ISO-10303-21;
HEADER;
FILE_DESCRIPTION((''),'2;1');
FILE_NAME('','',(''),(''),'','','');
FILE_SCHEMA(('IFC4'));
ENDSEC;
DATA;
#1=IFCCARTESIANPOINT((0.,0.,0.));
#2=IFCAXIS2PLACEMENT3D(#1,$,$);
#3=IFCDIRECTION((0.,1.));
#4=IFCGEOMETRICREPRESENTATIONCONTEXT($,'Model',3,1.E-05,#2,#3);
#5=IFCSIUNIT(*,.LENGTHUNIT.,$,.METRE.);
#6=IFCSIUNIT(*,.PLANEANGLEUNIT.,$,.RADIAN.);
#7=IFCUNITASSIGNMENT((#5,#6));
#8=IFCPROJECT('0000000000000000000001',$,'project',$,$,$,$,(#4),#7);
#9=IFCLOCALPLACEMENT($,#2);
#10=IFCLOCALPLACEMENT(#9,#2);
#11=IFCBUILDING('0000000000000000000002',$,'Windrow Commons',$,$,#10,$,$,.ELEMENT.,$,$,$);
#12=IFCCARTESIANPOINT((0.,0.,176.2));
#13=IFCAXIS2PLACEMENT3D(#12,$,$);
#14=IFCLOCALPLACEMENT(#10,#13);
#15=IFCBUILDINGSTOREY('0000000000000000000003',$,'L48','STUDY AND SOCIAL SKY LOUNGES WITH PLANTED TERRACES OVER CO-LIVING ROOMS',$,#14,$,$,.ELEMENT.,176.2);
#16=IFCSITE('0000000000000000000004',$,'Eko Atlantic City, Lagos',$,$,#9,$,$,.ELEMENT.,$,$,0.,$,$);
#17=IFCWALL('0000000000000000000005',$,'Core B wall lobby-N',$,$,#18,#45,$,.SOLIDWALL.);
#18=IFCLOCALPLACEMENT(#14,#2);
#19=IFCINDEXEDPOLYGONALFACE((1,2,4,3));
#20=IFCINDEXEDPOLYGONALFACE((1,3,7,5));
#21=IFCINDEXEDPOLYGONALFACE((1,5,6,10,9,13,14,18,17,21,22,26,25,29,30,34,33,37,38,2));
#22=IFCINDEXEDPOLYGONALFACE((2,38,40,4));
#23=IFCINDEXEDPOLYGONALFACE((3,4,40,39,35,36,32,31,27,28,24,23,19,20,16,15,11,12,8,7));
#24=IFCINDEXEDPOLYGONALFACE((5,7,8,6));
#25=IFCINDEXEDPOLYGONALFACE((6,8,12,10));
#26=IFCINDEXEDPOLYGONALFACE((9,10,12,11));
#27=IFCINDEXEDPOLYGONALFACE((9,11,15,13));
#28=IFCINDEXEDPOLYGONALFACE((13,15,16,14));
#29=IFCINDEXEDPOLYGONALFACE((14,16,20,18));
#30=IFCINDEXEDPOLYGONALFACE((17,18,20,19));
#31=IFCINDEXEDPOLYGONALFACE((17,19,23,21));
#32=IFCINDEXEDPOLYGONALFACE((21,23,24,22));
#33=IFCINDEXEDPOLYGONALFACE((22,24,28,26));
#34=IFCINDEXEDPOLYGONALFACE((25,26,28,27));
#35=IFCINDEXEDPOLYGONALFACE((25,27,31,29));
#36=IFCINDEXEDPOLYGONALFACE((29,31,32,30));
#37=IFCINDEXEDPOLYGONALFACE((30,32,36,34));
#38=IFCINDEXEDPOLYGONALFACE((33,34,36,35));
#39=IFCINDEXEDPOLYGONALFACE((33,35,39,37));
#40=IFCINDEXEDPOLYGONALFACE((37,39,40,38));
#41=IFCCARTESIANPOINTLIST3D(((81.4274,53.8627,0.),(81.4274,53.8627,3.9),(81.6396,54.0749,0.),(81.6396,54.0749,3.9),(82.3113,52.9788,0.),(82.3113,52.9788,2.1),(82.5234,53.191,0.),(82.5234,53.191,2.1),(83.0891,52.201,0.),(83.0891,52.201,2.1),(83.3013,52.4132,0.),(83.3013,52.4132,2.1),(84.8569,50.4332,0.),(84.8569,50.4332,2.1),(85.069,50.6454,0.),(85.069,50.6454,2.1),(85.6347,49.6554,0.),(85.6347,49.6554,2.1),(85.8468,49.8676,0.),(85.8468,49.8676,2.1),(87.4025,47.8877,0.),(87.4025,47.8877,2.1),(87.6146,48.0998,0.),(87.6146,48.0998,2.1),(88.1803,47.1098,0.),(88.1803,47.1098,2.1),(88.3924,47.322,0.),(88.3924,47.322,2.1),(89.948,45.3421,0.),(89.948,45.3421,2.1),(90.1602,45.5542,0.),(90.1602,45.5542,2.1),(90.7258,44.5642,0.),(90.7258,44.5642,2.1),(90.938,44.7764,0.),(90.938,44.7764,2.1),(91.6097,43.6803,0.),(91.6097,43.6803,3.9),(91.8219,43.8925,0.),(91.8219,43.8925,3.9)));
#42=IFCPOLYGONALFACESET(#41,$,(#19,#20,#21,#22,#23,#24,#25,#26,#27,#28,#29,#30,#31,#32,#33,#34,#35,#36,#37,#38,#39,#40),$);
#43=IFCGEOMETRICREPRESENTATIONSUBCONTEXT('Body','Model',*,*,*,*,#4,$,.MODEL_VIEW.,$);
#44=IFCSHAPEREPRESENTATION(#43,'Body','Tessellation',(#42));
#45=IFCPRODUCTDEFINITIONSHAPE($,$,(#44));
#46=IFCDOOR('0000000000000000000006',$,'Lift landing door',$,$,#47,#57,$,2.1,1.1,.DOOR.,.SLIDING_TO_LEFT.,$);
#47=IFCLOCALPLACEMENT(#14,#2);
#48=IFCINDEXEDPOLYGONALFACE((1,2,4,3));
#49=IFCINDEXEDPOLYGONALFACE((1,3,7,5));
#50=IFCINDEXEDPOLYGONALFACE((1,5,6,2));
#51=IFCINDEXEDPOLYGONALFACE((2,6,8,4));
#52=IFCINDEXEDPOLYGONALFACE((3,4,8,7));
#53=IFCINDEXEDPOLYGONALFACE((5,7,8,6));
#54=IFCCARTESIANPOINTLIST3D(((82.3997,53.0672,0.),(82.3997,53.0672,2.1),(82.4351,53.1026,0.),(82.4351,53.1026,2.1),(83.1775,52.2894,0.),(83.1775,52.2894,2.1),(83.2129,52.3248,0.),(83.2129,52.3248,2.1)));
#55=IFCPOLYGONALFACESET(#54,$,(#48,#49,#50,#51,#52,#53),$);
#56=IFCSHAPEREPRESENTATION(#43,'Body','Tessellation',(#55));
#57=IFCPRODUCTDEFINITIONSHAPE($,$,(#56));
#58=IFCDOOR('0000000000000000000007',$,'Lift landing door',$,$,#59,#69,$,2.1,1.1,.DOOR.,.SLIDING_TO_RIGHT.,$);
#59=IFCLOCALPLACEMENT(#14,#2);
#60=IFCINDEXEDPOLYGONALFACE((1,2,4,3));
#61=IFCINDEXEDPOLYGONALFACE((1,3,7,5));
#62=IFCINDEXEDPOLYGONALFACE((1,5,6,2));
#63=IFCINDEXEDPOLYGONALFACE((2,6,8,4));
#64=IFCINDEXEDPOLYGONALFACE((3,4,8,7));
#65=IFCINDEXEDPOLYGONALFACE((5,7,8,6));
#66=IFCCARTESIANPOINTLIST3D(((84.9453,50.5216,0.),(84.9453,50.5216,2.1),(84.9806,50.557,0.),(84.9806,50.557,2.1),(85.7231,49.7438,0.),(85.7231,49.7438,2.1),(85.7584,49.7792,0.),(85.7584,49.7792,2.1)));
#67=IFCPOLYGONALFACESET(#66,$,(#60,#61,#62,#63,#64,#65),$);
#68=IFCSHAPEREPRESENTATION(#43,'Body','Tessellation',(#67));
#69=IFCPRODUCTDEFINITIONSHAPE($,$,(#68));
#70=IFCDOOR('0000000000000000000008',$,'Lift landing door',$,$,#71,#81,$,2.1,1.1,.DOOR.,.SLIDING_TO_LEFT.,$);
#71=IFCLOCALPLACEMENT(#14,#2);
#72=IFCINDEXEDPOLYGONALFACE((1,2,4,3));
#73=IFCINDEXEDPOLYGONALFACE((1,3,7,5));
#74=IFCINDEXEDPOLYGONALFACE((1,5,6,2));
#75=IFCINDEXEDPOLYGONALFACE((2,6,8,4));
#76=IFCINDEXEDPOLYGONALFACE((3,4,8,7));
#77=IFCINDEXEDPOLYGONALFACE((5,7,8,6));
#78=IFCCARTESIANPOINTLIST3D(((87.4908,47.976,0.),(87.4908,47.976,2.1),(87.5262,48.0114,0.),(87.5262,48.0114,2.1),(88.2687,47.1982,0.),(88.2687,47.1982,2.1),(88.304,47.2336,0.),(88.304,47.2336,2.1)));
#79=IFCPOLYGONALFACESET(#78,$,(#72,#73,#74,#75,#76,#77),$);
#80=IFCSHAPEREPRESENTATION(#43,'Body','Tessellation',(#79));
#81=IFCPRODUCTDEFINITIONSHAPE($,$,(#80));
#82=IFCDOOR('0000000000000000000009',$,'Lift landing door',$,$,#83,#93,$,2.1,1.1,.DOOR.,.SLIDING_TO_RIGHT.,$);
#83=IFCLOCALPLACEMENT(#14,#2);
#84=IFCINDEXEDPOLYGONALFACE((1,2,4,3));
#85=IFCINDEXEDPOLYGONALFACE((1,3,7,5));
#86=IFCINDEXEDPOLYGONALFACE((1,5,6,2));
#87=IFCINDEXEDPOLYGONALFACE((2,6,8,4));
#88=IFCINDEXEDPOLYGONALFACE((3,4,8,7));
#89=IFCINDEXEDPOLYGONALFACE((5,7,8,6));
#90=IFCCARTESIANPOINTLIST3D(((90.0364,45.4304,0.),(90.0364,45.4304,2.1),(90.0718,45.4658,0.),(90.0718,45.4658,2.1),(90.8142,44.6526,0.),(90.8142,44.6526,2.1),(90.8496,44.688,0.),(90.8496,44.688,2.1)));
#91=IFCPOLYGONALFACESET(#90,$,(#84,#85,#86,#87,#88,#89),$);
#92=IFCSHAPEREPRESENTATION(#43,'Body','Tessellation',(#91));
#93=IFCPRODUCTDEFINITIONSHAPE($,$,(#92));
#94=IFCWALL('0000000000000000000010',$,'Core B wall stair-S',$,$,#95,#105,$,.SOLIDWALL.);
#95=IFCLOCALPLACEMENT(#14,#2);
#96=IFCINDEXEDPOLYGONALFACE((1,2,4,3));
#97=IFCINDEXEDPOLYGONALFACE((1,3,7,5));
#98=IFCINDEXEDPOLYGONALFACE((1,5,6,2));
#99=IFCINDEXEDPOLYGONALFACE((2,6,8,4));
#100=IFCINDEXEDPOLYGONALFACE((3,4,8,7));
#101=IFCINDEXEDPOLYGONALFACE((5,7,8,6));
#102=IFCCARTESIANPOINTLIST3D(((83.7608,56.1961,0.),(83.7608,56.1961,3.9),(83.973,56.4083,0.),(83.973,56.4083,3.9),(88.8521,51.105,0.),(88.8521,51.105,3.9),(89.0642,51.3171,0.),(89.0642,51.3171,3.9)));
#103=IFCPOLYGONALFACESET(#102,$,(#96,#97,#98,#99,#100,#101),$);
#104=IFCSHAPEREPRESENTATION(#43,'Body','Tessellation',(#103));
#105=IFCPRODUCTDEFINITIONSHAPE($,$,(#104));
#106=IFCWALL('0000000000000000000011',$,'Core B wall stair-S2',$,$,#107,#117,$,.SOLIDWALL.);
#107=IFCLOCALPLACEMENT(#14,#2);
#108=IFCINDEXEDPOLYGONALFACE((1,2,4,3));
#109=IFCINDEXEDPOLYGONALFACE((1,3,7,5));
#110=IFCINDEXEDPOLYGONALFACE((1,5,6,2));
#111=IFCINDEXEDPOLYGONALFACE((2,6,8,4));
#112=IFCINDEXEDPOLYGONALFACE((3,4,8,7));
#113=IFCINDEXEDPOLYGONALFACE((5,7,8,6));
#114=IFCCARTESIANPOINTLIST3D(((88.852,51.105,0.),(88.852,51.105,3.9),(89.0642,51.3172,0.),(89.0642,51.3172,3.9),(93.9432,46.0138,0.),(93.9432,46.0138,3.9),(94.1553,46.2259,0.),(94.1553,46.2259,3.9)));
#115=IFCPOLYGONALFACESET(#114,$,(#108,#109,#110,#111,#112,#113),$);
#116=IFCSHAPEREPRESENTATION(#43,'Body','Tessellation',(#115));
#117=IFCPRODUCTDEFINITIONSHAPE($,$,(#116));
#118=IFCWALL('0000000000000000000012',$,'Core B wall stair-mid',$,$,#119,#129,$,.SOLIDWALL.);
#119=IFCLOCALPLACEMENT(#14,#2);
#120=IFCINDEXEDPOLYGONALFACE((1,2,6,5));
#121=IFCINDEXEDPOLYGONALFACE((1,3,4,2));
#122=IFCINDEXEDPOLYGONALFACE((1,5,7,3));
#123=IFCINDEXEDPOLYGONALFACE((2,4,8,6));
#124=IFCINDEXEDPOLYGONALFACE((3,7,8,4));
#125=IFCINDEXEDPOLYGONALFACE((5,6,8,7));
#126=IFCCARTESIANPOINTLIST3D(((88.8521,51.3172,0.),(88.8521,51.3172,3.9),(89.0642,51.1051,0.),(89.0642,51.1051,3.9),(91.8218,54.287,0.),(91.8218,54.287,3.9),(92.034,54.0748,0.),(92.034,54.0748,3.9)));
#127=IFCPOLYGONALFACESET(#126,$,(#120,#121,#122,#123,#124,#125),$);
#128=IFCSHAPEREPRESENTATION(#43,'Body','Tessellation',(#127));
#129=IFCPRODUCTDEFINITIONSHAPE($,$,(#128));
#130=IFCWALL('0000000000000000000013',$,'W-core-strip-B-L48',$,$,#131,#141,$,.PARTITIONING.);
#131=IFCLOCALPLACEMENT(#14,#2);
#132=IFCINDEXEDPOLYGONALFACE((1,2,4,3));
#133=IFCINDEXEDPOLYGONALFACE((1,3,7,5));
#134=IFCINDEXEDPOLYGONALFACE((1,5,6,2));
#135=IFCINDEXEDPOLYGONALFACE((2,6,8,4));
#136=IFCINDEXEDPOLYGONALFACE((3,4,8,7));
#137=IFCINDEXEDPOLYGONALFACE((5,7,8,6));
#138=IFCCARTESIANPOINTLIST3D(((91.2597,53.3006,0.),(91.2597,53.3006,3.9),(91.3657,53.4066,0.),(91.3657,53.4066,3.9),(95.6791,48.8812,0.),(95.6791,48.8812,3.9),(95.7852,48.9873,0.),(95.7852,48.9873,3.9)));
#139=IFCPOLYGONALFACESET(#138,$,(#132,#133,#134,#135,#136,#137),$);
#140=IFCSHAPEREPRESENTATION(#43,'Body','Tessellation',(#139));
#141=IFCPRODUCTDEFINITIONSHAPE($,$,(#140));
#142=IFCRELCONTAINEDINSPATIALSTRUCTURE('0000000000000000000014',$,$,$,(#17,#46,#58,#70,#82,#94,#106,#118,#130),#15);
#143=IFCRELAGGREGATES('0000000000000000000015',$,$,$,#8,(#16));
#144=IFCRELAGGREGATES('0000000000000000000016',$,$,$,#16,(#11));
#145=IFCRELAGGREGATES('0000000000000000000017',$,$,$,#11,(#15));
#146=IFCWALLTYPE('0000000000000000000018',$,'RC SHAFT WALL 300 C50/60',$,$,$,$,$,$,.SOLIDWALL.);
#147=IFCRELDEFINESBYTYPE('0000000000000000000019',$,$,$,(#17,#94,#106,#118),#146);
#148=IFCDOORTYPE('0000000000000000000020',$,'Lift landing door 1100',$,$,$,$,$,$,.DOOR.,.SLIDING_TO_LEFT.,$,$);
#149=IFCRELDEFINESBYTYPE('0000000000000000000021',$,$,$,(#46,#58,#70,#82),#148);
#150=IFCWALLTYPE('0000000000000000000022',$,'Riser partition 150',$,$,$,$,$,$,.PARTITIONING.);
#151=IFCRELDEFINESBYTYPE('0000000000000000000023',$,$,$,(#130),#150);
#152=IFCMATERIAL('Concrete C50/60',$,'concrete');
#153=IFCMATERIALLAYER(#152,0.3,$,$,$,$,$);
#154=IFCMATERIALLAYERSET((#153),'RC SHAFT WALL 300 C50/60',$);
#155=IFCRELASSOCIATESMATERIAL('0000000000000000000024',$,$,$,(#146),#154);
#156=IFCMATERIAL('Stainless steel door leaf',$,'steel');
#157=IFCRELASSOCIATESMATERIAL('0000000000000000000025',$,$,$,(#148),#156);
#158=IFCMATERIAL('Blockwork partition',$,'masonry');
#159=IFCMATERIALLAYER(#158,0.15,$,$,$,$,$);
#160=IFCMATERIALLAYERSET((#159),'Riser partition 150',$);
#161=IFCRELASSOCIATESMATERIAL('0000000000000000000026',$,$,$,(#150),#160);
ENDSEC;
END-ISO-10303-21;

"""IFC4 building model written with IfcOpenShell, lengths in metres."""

from ifc_helpers import new_model, si_unit, direction, frame, frame_2d, origin, place, context, subcontext, project, spatial, rectangle, extrude, material, layer, layer_set, type_object, element, fill, save


model = new_model("IFC4")

# Units and contexts
model_context = context("Model", 3, precision=1e-05, world=origin(), true_north=direction((0.0, 1.0)))
body_context = subcontext(model_context, "Body", "Model", "MODEL_VIEW")
ifc_project = project(units=[si_unit("LENGTHUNIT", "METRE"), si_unit("PLANEANGLEUNIT", "RADIAN")], contexts=[model_context])

# Site, building, storey
site_placement = place(None, origin())
site = spatial("IfcSite", under=ifc_project, at=site_placement, Name="Eko Atlantic City, Lagos", CompositionType="ELEMENT", RefElevation=0.0)
building_placement = place(site_placement, origin())
building = spatial("IfcBuilding", under=site, at=building_placement, Name="Windrow Commons", CompositionType="ELEMENT")
storey_placement = place(building_placement, frame((0.0, 0.0, 176.2)))
storey = spatial("IfcBuildingStorey", under=building, at=storey_placement, Name="L48", Description="STUDY AND SOCIAL SKY LOUNGES WITH PLANTED TERRACES OVER CO-LIVING ROOMS", CompositionType="ELEMENT", Elevation=176.2)

# Shared definitions
ifc_material_1 = material(Name="Concrete C50/60", Category="concrete")
ifc_layer_1 = layer(ifc_material_1, 0.3)
ifc_layer_set_1 = layer_set([ifc_layer_1], Name="RC SHAFT WALL 300 C50/60")
wall_type_1 = type_object("IfcWallType", Name="RC SHAFT WALL 300 C50/60", PredefinedType="SOLIDWALL", material=ifc_layer_set_1)

# Wall, openings, doors
wall_1_placement = place(storey_placement, frame((81.5335, 53.9688, 0.0), z_axis=(0.0, 0.0, 1.0), x_axis=(0.707103, -0.70711, 0.0)))
wall_1 = element("IfcWall", 1, at=wall_1_placement, inside=storey, type_object=wall_type_1, Name="Core B wall lobby-N", PredefinedType="SOLIDWALL", context=body_context, shape_type="SweptSolid", body=[
    extrude(rectangle(XDim=14.4, YDim=0.3, at=frame_2d((7.2, 0.0))), origin(), (0.0, 0.0, 1.0), 3.9),
])
opening_1_placement = place(wall_1_placement, frame((1.25, 0.0, 0.0)))
opening_1 = element("IfcOpeningElement", 2, at=opening_1_placement, cuts=wall_1, PredefinedType="OPENING", context=body_context, shape_type="SweptSolid", body=[
    extrude(rectangle(XDim=1.1, YDim=2.1, at=frame_2d((0.55, 1.05))), frame((0.0, 0.16, 0.0), z_axis=(0.0, -1.0, 0.0), x_axis=(1.0, 0.0, 0.0)), (0.0, 0.0, 1.0), 0.32),
])
opening_2_placement = place(wall_1_placement, frame((4.85, 0.0, 0.0)))
opening_2 = element("IfcOpeningElement", 3, at=opening_2_placement, cuts=wall_1, PredefinedType="OPENING", context=body_context, shape_type="SweptSolid", body=[
    extrude(rectangle(XDim=1.1, YDim=2.1, at=frame_2d((0.55, 1.05))), frame((0.0, 0.16, 0.0), z_axis=(0.0, -1.0, 0.0), x_axis=(1.0, 0.0, 0.0)), (0.0, 0.0, 1.0), 0.32),
])
opening_3_placement = place(wall_1_placement, frame((8.45, 0.0, 0.0)))
opening_3 = element("IfcOpeningElement", 4, at=opening_3_placement, cuts=wall_1, PredefinedType="OPENING", context=body_context, shape_type="SweptSolid", body=[
    extrude(rectangle(XDim=1.1, YDim=2.1, at=frame_2d((0.55, 1.05))), frame((0.0, 0.16, 0.0), z_axis=(0.0, -1.0, 0.0), x_axis=(1.0, 0.0, 0.0)), (0.0, 0.0, 1.0), 0.32),
])
opening_4_placement = place(wall_1_placement, frame((12.05, 0.0, 0.0)))
opening_4 = element("IfcOpeningElement", 5, at=opening_4_placement, cuts=wall_1, PredefinedType="OPENING", context=body_context, shape_type="SweptSolid", body=[
    extrude(rectangle(XDim=1.1, YDim=2.1, at=frame_2d((0.55, 1.05))), frame((0.0, 0.16, 0.0), z_axis=(0.0, -1.0, 0.0), x_axis=(1.0, 0.0, 0.0)), (0.0, 0.0, 1.0), 0.32),
])
ifc_material_2 = material(Name="Stainless steel door leaf", Category="steel")
door_type = type_object("IfcDoorType", Name="Lift landing door 1100", OperationType="SLIDING_TO_LEFT", PredefinedType="DOOR", material=ifc_material_2)
door_1_placement = place(opening_1_placement, origin())
door_1 = element("IfcDoor", 6, at=door_1_placement, inside=storey, type_object=door_type, Name="Lift landing door", OperationType="SLIDING_TO_LEFT", OverallHeight=2.1, OverallWidth=1.1, PredefinedType="DOOR", context=body_context, shape_type="SweptSolid", body=[
    extrude(rectangle(XDim=1.1, YDim=2.1, at=frame_2d((0.55, 1.05))), frame((0.0, 0.025, 0.0), z_axis=(0.0, -1.0, 0.0), x_axis=(1.0, 0.0, 0.0)), (0.0, 0.0, 1.0), 0.05),
])
fill(opening_1, door_1)
door_2_placement = place(opening_2_placement, origin())
door_2 = element("IfcDoor", 7, at=door_2_placement, inside=storey, type_object=door_type, Name="Lift landing door", OperationType="SLIDING_TO_RIGHT", OverallHeight=2.1, OverallWidth=1.1, PredefinedType="DOOR", context=body_context, shape_type="SweptSolid", body=[
    extrude(rectangle(XDim=1.1, YDim=2.1, at=frame_2d((0.55, 1.05))), frame((0.0, 0.025, 0.0), z_axis=(0.0, -1.0, 0.0), x_axis=(1.0, 0.0, 0.0)), (0.0, 0.0, 1.0), 0.05),
])
fill(opening_2, door_2)
door_3_placement = place(opening_3_placement, origin())
door_3 = element("IfcDoor", 8, at=door_3_placement, inside=storey, type_object=door_type, Name="Lift landing door", OperationType="SLIDING_TO_LEFT", OverallHeight=2.1, OverallWidth=1.1, PredefinedType="DOOR", context=body_context, shape_type="SweptSolid", body=[
    extrude(rectangle(XDim=1.1, YDim=2.1, at=frame_2d((0.55, 1.05))), frame((0.0, 0.025, 0.0), z_axis=(0.0, -1.0, 0.0), x_axis=(1.0, 0.0, 0.0)), (0.0, 0.0, 1.0), 0.05),
])
fill(opening_3, door_3)
door_4_placement = place(opening_4_placement, origin())
door_4 = element("IfcDoor", 9, at=door_4_placement, inside=storey, type_object=door_type, Name="Lift landing door", OperationType="SLIDING_TO_RIGHT", OverallHeight=2.1, OverallWidth=1.1, PredefinedType="DOOR", context=body_context, shape_type="SweptSolid", body=[
    extrude(rectangle(XDim=1.1, YDim=2.1, at=frame_2d((0.55, 1.05))), frame((0.0, 0.025, 0.0), z_axis=(0.0, -1.0, 0.0), x_axis=(1.0, 0.0, 0.0)), (0.0, 0.0, 1.0), 0.05),
])
fill(opening_4, door_4)

# Walls
for number, where, z_axis, x_axis, name in (
    (10, (83.8669, 56.3022, 0.0), (0.0, 0.0, 1.0), (0.707114, -0.7071, 0.0), "Core B wall stair-S"),
    (11, (88.9581, 51.2111, 0.0), (0.0, 0.0, 1.0), (0.7071, -0.707114, 0.0), "Core B wall stair-S2"),
):
    element("IfcWall", number, at=place(storey_placement, frame(where, z_axis=z_axis, x_axis=x_axis)), inside=storey, type_object=wall_type_1, Name=name, PredefinedType="SOLIDWALL", context=body_context, shape_type="SweptSolid", body=[
        extrude(rectangle(XDim=7.2, YDim=0.3, at=frame_2d((3.6, 0.0))), origin(), (0.0, 0.0, 1.0), 3.9),
    ])
wall_2_placement = place(storey_placement, frame((88.9581, 51.2111, 0.0), z_axis=(0.0, 0.0, 1.0), x_axis=(0.707107, 0.707107, 0.0)))
element("IfcWall", 12, at=wall_2_placement, inside=storey, type_object=wall_type_1, Name="Core B wall stair-mid", PredefinedType="SOLIDWALL", context=body_context, shape_type="SweptSolid", body=[
    extrude(rectangle(XDim=4.1999, YDim=0.3, at=frame_2d((2.1, 0.0))), origin(), (0.0, 0.0, 1.0), 3.9),
])
ifc_material_3 = material(Name="Blockwork partition", Category="masonry")
ifc_layer_2 = layer(ifc_material_3, 0.15)
ifc_layer_set_2 = layer_set([ifc_layer_2], Name="Riser partition 150")
wall_type_2 = type_object("IfcWallType", Name="Riser partition 150", PredefinedType="PARTITIONING", material=ifc_layer_set_2)
wall_3_placement = place(storey_placement, frame((91.3127, 53.3536, 0.0), z_axis=(0.0, 0.0, 1.0), x_axis=(0.707115, -0.707099, 0.0)))
element("IfcWall", 13, at=wall_3_placement, inside=storey, type_object=wall_type_2, Name="W-core-strip-B-L48", PredefinedType="PARTITIONING", context=body_context, shape_type="SweptSolid", body=[
    extrude(rectangle(XDim=6.25, YDim=0.15, at=frame_2d((3.125, 0.0))), origin(), (0.0, 0.0, 1.0), 3.9),
])

save(model, "model.ifc")
